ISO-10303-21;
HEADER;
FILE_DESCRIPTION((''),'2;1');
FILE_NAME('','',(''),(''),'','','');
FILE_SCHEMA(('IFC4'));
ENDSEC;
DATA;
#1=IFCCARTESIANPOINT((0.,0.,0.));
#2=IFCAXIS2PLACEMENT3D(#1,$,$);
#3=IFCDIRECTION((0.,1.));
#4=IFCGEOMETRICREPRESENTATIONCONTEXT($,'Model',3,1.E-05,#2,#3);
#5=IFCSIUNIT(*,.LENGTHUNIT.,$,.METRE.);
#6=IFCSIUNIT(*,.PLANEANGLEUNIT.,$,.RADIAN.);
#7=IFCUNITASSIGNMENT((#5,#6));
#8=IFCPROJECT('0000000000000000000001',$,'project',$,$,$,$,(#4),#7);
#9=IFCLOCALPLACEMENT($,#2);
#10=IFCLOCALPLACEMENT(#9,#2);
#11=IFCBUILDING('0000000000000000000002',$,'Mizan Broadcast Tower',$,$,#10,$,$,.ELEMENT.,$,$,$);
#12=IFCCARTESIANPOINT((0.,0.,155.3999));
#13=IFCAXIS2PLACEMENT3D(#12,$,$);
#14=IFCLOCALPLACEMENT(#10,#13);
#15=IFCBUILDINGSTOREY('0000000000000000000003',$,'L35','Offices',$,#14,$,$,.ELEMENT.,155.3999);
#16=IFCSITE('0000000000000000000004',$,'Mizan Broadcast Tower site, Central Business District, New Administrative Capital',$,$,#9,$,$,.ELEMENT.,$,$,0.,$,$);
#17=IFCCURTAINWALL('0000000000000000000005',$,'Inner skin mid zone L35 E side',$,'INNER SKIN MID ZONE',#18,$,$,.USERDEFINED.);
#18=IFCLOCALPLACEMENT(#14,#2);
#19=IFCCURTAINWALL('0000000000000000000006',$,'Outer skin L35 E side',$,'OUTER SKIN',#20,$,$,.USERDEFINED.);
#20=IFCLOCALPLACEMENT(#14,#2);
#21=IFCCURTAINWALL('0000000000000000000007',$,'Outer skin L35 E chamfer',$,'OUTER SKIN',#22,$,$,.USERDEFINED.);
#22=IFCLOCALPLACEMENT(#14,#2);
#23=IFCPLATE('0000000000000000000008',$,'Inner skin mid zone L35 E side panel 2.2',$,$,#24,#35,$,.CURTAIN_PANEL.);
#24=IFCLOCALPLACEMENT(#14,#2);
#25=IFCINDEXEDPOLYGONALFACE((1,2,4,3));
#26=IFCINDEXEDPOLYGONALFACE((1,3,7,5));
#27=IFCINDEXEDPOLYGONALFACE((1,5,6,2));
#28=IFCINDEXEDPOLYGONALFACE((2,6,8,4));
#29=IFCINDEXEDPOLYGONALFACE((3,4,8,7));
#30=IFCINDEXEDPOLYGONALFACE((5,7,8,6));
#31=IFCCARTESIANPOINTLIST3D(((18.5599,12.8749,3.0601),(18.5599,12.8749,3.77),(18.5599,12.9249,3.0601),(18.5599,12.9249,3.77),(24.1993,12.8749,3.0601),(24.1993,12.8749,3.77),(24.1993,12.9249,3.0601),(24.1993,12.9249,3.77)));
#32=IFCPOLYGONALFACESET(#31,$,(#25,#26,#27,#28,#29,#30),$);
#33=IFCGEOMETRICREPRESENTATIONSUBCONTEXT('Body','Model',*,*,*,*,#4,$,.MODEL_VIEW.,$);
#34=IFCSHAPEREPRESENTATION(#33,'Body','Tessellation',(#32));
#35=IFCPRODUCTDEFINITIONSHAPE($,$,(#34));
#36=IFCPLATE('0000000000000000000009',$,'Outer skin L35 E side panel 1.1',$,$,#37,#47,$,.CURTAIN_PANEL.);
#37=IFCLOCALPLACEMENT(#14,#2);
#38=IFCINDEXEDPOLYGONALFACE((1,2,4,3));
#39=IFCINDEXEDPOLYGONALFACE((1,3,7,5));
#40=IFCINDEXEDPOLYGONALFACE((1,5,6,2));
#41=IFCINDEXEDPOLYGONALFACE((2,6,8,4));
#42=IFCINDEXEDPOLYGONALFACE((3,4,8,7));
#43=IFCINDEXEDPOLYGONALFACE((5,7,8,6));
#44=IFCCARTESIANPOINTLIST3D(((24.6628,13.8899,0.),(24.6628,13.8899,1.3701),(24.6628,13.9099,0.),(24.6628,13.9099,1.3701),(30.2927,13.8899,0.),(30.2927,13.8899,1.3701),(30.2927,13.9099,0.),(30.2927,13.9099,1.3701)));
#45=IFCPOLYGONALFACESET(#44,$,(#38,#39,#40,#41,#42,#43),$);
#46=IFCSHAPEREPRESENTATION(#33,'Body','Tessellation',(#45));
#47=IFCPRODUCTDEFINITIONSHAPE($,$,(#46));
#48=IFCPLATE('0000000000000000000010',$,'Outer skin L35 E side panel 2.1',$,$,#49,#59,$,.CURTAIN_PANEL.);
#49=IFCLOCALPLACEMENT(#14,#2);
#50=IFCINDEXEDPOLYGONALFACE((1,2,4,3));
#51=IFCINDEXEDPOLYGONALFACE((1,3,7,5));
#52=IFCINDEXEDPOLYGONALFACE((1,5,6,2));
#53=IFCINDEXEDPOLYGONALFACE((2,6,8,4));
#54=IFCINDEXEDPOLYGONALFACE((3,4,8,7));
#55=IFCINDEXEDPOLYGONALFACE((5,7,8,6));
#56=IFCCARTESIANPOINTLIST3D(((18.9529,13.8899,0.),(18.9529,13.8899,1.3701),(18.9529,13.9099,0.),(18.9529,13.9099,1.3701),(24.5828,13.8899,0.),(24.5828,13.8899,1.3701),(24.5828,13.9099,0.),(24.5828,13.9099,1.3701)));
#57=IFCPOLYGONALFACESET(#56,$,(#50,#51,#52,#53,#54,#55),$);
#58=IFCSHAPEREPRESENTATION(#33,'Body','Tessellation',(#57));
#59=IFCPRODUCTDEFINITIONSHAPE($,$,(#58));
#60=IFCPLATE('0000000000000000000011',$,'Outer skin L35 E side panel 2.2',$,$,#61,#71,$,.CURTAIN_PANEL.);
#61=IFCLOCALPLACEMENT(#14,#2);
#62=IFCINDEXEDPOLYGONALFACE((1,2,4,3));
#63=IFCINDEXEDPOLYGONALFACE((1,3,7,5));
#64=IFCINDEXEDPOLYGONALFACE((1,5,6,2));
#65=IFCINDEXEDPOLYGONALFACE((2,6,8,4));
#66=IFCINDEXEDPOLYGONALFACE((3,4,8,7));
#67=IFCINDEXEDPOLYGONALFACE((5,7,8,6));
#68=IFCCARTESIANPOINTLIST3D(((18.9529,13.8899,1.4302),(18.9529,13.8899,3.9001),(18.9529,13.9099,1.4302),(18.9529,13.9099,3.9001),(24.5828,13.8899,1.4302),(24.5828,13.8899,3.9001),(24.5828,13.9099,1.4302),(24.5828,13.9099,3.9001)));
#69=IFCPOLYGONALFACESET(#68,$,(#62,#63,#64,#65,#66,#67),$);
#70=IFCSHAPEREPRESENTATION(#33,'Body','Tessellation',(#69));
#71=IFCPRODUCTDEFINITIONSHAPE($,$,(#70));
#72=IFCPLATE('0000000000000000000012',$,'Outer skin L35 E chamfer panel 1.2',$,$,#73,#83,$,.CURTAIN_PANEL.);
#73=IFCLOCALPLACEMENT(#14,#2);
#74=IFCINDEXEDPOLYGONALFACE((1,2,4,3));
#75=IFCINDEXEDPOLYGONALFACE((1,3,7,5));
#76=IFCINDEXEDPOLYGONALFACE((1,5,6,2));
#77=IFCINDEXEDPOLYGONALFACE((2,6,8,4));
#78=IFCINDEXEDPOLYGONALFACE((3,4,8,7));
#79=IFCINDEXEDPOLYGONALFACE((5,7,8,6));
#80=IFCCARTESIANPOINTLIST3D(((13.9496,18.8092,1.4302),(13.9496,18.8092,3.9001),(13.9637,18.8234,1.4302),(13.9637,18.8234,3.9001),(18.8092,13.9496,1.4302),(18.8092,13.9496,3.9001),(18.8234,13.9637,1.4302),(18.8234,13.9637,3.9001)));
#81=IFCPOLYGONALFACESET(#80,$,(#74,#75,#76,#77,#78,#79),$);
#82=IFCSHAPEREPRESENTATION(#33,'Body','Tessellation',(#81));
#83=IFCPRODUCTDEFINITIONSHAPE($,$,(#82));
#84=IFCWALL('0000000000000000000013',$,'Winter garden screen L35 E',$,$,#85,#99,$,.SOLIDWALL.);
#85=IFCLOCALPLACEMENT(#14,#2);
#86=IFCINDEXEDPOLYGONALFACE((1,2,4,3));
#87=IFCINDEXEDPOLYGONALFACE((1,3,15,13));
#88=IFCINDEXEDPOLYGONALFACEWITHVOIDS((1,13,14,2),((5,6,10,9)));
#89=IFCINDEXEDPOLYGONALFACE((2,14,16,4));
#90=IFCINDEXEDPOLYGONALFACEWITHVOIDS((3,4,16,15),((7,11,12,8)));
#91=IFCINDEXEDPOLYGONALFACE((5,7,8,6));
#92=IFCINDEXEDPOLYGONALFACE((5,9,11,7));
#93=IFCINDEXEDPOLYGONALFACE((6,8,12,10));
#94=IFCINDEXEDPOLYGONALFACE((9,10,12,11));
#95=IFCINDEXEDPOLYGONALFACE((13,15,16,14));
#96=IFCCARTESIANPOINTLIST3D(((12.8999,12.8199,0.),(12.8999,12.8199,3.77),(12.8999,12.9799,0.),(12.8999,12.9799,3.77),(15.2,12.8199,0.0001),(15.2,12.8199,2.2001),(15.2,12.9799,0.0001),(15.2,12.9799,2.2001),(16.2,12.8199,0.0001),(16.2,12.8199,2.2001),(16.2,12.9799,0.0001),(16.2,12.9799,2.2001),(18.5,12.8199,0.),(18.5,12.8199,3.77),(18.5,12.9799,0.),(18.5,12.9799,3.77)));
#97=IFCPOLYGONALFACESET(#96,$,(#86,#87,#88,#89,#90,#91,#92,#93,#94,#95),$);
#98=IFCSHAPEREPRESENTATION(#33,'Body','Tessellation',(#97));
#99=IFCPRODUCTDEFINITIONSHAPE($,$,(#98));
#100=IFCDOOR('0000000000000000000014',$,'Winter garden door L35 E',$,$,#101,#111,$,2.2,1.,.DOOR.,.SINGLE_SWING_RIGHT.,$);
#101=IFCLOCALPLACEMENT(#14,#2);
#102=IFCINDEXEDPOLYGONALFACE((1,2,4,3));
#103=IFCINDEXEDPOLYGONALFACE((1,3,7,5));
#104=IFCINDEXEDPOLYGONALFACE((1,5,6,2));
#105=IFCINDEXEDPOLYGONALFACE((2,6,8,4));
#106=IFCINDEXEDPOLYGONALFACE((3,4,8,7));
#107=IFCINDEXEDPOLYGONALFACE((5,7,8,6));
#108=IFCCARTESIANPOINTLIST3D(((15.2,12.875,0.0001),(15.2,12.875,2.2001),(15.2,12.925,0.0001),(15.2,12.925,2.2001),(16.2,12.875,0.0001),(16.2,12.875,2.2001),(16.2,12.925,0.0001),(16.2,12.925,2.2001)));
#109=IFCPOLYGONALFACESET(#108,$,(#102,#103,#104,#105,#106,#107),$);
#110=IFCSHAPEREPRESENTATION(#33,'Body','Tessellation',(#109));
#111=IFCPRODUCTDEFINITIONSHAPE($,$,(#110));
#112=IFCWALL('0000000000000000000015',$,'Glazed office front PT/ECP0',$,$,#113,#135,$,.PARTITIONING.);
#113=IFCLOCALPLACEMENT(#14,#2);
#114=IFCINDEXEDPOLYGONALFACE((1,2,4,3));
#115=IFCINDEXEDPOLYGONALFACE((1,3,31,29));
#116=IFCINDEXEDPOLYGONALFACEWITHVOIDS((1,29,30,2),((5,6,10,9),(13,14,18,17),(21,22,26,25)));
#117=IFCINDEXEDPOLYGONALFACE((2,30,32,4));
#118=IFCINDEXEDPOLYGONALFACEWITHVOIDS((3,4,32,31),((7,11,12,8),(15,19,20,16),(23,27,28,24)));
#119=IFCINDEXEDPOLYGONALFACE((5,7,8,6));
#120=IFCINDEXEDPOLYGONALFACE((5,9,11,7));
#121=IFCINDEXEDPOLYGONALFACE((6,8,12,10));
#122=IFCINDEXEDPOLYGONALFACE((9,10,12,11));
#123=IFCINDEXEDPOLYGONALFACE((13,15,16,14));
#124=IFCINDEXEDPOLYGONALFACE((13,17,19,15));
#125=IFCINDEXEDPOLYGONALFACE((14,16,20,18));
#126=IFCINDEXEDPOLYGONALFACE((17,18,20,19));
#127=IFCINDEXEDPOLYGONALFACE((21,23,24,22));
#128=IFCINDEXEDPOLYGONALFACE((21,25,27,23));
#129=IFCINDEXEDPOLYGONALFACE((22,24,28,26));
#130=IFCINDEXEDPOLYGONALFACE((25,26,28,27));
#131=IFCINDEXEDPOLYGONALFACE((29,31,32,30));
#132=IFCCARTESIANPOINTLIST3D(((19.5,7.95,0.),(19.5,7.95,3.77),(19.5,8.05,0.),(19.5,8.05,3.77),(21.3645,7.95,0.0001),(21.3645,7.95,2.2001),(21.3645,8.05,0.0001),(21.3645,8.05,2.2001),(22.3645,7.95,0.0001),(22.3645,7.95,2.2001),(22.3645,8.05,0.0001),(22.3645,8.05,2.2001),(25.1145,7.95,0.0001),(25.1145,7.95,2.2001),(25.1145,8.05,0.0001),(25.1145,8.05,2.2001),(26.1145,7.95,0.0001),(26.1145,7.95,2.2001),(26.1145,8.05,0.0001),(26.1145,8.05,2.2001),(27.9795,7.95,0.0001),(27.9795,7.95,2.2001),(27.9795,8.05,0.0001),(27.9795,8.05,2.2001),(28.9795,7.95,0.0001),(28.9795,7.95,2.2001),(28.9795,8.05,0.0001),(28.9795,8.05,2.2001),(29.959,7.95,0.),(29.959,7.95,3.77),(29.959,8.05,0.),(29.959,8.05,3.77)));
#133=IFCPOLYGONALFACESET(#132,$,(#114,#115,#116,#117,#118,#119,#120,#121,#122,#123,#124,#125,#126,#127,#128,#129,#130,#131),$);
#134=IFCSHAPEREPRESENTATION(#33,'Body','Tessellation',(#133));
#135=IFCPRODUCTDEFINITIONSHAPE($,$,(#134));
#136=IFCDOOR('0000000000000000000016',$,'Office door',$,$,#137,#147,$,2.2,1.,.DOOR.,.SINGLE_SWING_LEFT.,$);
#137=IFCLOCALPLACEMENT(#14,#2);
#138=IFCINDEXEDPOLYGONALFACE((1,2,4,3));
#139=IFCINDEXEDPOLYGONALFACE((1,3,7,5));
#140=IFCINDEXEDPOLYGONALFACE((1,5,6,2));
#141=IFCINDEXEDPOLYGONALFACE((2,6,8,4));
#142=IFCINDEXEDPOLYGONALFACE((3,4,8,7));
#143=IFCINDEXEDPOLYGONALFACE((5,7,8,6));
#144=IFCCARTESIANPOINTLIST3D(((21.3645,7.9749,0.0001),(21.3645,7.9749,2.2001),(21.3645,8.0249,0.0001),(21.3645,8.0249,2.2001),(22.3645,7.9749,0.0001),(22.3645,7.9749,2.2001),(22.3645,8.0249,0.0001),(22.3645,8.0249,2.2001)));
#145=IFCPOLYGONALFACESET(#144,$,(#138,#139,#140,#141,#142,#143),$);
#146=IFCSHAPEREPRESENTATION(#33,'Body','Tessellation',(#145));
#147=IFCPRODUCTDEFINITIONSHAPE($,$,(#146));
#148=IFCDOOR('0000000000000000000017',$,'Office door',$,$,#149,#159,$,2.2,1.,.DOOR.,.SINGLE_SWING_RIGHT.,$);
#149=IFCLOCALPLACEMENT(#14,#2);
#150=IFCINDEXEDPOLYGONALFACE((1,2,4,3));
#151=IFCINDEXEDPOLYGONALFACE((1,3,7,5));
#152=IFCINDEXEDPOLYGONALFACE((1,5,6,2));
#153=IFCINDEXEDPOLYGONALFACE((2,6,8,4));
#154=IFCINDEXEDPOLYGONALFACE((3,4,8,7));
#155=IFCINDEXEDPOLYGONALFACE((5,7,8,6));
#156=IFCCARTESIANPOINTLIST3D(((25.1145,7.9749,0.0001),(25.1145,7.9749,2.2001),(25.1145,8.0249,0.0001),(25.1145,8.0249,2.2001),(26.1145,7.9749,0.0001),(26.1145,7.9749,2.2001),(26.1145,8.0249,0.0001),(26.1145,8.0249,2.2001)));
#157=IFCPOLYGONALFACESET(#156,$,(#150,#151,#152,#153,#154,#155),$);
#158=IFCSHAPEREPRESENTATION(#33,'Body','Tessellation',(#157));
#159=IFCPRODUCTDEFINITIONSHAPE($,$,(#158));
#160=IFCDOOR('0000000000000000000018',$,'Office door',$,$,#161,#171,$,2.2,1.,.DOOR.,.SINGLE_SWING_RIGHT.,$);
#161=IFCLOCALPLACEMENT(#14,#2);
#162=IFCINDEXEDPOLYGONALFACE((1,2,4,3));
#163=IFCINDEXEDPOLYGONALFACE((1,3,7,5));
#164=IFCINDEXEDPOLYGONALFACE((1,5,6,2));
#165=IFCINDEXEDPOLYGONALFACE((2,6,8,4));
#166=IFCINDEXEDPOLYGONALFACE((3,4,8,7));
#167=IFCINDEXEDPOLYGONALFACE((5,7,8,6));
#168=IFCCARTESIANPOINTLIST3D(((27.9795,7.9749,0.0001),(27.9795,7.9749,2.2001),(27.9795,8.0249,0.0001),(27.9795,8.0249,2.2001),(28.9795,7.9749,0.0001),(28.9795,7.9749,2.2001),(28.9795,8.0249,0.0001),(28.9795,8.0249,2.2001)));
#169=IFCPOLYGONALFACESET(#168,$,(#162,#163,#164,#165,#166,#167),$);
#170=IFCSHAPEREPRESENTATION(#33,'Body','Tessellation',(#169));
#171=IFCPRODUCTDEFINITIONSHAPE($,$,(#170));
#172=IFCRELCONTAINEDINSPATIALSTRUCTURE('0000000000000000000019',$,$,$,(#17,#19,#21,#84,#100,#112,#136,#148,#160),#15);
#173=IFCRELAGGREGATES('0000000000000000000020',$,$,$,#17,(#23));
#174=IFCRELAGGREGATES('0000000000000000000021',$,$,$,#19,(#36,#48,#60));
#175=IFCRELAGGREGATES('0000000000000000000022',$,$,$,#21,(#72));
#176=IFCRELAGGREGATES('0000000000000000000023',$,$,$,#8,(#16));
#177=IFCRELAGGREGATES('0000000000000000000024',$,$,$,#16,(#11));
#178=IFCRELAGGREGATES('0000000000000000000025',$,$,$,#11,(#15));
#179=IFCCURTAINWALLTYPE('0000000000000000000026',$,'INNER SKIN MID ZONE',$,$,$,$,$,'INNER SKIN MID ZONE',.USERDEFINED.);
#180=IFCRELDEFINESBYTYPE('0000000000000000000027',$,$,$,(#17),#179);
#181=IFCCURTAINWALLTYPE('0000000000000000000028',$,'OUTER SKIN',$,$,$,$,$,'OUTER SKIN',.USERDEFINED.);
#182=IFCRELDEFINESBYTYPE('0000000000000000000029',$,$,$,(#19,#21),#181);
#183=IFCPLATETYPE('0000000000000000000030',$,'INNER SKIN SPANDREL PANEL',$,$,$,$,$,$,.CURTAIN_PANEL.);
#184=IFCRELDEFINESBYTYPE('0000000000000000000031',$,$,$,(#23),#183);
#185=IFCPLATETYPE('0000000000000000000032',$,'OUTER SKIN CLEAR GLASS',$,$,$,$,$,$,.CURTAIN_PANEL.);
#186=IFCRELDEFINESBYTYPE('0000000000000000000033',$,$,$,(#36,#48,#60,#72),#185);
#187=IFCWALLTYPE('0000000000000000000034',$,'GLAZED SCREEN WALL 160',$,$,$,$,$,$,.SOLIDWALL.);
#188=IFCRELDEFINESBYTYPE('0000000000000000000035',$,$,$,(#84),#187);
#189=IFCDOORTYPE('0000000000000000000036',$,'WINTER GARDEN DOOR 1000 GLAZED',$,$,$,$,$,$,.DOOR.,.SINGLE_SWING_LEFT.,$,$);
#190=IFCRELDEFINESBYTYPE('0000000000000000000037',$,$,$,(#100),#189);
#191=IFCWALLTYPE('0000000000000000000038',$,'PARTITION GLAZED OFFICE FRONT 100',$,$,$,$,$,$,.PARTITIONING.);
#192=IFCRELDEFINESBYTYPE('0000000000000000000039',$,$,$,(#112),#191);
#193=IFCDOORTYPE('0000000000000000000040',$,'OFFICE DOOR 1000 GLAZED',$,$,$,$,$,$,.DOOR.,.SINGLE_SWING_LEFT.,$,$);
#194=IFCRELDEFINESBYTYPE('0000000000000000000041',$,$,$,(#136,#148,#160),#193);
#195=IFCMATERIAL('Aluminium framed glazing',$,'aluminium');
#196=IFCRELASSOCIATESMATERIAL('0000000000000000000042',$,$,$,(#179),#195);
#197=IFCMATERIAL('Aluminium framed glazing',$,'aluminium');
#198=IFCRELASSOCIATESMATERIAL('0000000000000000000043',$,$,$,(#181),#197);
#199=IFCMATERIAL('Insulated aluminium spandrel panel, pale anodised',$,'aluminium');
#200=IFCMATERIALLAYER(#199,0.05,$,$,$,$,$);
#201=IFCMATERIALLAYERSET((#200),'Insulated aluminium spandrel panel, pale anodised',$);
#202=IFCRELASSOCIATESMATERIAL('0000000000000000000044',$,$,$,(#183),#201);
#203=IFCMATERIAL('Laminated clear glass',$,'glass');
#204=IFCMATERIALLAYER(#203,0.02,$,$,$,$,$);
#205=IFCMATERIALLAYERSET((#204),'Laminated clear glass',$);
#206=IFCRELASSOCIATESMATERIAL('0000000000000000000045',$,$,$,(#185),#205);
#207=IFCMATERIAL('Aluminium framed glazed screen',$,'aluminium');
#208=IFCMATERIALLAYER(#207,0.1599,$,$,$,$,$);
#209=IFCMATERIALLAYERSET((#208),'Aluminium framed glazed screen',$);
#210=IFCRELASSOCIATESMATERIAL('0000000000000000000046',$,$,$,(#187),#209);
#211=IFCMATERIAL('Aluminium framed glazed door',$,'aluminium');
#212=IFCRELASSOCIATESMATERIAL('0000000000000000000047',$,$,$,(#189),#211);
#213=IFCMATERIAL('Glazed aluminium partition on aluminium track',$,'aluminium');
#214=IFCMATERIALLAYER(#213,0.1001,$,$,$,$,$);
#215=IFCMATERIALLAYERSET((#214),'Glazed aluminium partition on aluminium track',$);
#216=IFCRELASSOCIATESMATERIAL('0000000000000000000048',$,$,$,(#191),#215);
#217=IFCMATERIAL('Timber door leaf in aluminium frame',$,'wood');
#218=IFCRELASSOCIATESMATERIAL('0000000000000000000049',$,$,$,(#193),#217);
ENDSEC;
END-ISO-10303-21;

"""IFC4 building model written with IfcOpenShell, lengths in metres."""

from ifc_helpers import new_model, si_unit, direction, frame, frame_2d, origin, origin_2d, place, context, subcontext, project, spatial, rectangle, extrude, material, layer, layer_set, type_object, element, fill, aggregate, save


model = new_model("IFC4")

# Units and contexts
model_context = context("Model", 3, precision=1e-05, world=origin(), true_north=direction((0.0, 1.0)))
body_context = subcontext(model_context, "Body", "Model", "MODEL_VIEW")
ifc_project = project(units=[si_unit("LENGTHUNIT", "METRE"), si_unit("PLANEANGLEUNIT", "RADIAN")], contexts=[model_context])

# Site, building, storey
site_placement = place(None, origin())
site = spatial("IfcSite", under=ifc_project, at=site_placement, Name="Mizan Broadcast Tower site, Central Business District, New Administrative Capital", CompositionType="ELEMENT", RefElevation=0.0)
building_placement = place(site_placement, origin())
building = spatial("IfcBuilding", under=site, at=building_placement, Name="Mizan Broadcast Tower", CompositionType="ELEMENT")
storey_placement = place(building_placement, frame((0.0, 0.0, 155.3999)))
storey = spatial("IfcBuildingStorey", under=building, at=storey_placement, Name="L35", Description="Offices", CompositionType="ELEMENT", Elevation=155.3999)

# Curtain walls
ifc_material_1 = material(Name="Aluminium framed glazing", Category="aluminium")
curtain_wall_type_1 = type_object("IfcCurtainWallType", Name="INNER SKIN MID ZONE", ElementType="INNER SKIN MID ZONE", PredefinedType="USERDEFINED", material=ifc_material_1)
curtain_wall_1_placement = place(storey_placement, origin())
curtain_wall_1 = element("IfcCurtainWall", 1, at=curtain_wall_1_placement, inside=storey, type_object=curtain_wall_type_1, Name="Inner skin mid zone L35 E side", ObjectType="INNER SKIN MID ZONE", PredefinedType="USERDEFINED")
ifc_material_2 = material(Name="Aluminium framed glazing", Category="aluminium")
curtain_wall_type_2 = type_object("IfcCurtainWallType", Name="OUTER SKIN", ElementType="OUTER SKIN", PredefinedType="USERDEFINED", material=ifc_material_2)
curtain_wall_2_placement = place(storey_placement, origin())
curtain_wall_2 = element("IfcCurtainWall", 2, at=curtain_wall_2_placement, inside=storey, type_object=curtain_wall_type_2, Name="Outer skin L35 E side", ObjectType="OUTER SKIN", PredefinedType="USERDEFINED")

# Curtain wall
curtain_wall_3_placement = place(storey_placement, origin())
curtain_wall_3 = element("IfcCurtainWall", 3, at=curtain_wall_3_placement, inside=storey, type_object=curtain_wall_type_2, Name="Outer skin L35 E chamfer", ObjectType="OUTER SKIN", PredefinedType="USERDEFINED")

# Plates
ifc_material_3 = material(Name="Insulated aluminium spandrel panel, pale anodised", Category="aluminium")
ifc_layer_1 = layer(ifc_material_3, 0.05)
ifc_layer_set_1 = layer_set([ifc_layer_1], Name="Insulated aluminium spandrel panel, pale anodised")
plate_type_1 = type_object("IfcPlateType", Name="INNER SKIN SPANDREL PANEL", PredefinedType="CURTAIN_PANEL", material=ifc_layer_set_1)
plate_1_placement = place(storey_placement, frame((21.3796, 12.8999, 3.0601), z_axis=(0.0, 0.0, 1.0), x_axis=(-1.0, 0.0, 0.0)))
plate_1 = element("IfcPlate", 4, at=plate_1_placement, type_object=plate_type_1, Name="Inner skin mid zone L35 E side panel 2.2", PredefinedType="CURTAIN_PANEL", context=body_context, shape_type="SweptSolid", body=[
    extrude(rectangle(XDim=5.6394, YDim=0.05, at=origin_2d()), origin(), (0.0, 0.0, 1.0), 0.71),
])
aggregate(curtain_wall_1, [plate_1])
ifc_material_4 = material(Name="Laminated clear glass", Category="glass")
ifc_layer_2 = layer(ifc_material_4, 0.02)
ifc_layer_set_2 = layer_set([ifc_layer_2], Name="Laminated clear glass")
plate_type_2 = type_object("IfcPlateType", Name="OUTER SKIN CLEAR GLASS", PredefinedType="CURTAIN_PANEL", material=ifc_layer_set_2)
plate_2_placement = place(storey_placement, frame((27.4778, 13.8999, 0.0), z_axis=(0.0, 0.0, 1.0), x_axis=(-1.0, 0.0, 0.0)))
plate_2 = element("IfcPlate", 5, at=plate_2_placement, type_object=plate_type_2, Name="Outer skin L35 E side panel 1.1", PredefinedType="CURTAIN_PANEL", context=body_context, shape_type="SweptSolid", body=[
    extrude(rectangle(XDim=5.6299, YDim=0.02, at=origin_2d()), origin(), (0.0, 0.0, 1.0), 1.3701),
])
plate_3_placement = place(storey_placement, frame((21.7678, 13.8999, 0.0), z_axis=(0.0, 0.0, 1.0), x_axis=(-1.0, 0.0, 0.0)))
plate_3 = element("IfcPlate", 6, at=plate_3_placement, type_object=plate_type_2, Name="Outer skin L35 E side panel 2.1", PredefinedType="CURTAIN_PANEL", context=body_context, shape_type="SweptSolid", body=[
    extrude(rectangle(XDim=5.6299, YDim=0.02, at=origin_2d()), origin(), (0.0, 0.0, 1.0), 1.3701),
])
plate_4_placement = place(storey_placement, frame((21.7678, 13.8999, 1.4302), z_axis=(0.0, 0.0, 1.0), x_axis=(-1.0, 0.0, 0.0)))
plate_4 = element("IfcPlate", 7, at=plate_4_placement, type_object=plate_type_2, Name="Outer skin L35 E side panel 2.2", PredefinedType="CURTAIN_PANEL", context=body_context, shape_type="SweptSolid", body=[
    extrude(rectangle(XDim=5.6299, YDim=0.02, at=origin_2d()), origin(), (0.0, 0.0, 1.0), 2.47),
])
aggregate(curtain_wall_2, [plate_2, plate_3, plate_4])
plate_5_placement = place(storey_placement, frame((16.3865, 16.3865, 1.4302), z_axis=(0.0, 0.0, 1.0), x_axis=(-0.707107, 0.707107, 0.0)))
plate_5 = element("IfcPlate", 8, at=plate_5_placement, type_object=plate_type_2, Name="Outer skin L35 E chamfer panel 1.2", PredefinedType="CURTAIN_PANEL", context=body_context, shape_type="SweptSolid", body=[
    extrude(rectangle(XDim=6.8726, YDim=0.02, at=origin_2d()), origin(), (0.0, 0.0, 1.0), 2.47),
])
aggregate(curtain_wall_3, [plate_5])

# Wall, opening, door
ifc_material_5 = material(Name="Aluminium framed glazed screen", Category="aluminium")
ifc_layer_3 = layer(ifc_material_5, 0.1599)
ifc_layer_set_3 = layer_set([ifc_layer_3], Name="Aluminium framed glazed screen")
wall_type_1 = type_object("IfcWallType", Name="GLAZED SCREEN WALL 160", PredefinedType="SOLIDWALL", material=ifc_layer_set_3)
wall_1_placement = place(storey_placement, frame((18.5, 12.8999, 0.0), z_axis=(0.0, 0.0, 1.0), x_axis=(-1.0, 0.0, 0.0)))
wall_1 = element("IfcWall", 9, at=wall_1_placement, inside=storey, type_object=wall_type_1, Name="Winter garden screen L35 E", PredefinedType="SOLIDWALL", context=body_context, shape_type="SweptSolid", body=[
    extrude(rectangle(XDim=5.6001, YDim=0.1599, at=frame_2d((2.8, 0.0))), origin(), (0.0, 0.0, 1.0), 3.77),
])
opening_1_placement = place(wall_1_placement, frame((2.3, 0.0, 0.0)))
opening_1 = element("IfcOpeningElement", 10, at=opening_1_placement, cuts=wall_1, PredefinedType="OPENING", context=body_context, shape_type="SweptSolid", body=[
    extrude(rectangle(XDim=1.0, YDim=2.2, at=frame_2d((0.5, 1.1001))), frame((0.0, 0.0898, 0.0), z_axis=(0.0, -1.0, 0.0), x_axis=(1.0, 0.0, 0.0)), (0.0, 0.0, 1.0), 0.1799),
])
ifc_material_6 = material(Name="Aluminium framed glazed door", Category="aluminium")
door_type_1 = type_object("IfcDoorType", Name="WINTER GARDEN DOOR 1000 GLAZED", OperationType="SINGLE_SWING_LEFT", PredefinedType="DOOR", material=ifc_material_6)
door_1_placement = place(opening_1_placement, origin())
door_1 = element("IfcDoor", 11, at=door_1_placement, inside=storey, type_object=door_type_1, Name="Winter garden door L35 E", OperationType="SINGLE_SWING_RIGHT", OverallHeight=2.2, OverallWidth=1.0, PredefinedType="DOOR", context=body_context, shape_type="SweptSolid", body=[
    extrude(rectangle(XDim=1.0, YDim=2.2, at=frame_2d((0.5, 1.1001))), frame((0.0, 0.0249, 0.0), z_axis=(0.0, -1.0, 0.0), x_axis=(1.0, 0.0, 0.0)), (0.0, 0.0, 1.0), 0.05),
])
fill(opening_1, door_1)

# Wall, openings, doors
ifc_material_7 = material(Name="Glazed aluminium partition on aluminium track", Category="aluminium")
ifc_layer_4 = layer(ifc_material_7, 0.1001)
ifc_layer_set_4 = layer_set([ifc_layer_4], Name="Glazed aluminium partition on aluminium track")
wall_type_2 = type_object("IfcWallType", Name="PARTITION GLAZED OFFICE FRONT 100", PredefinedType="PARTITIONING", material=ifc_layer_set_4)
wall_2_placement = place(storey_placement, frame((19.5, 8.0, 0.0), z_axis=(0.0, 0.0, 1.0), x_axis=(1.0, 0.0, 0.0)))
wall_2 = element("IfcWall", 12, at=wall_2_placement, inside=storey, type_object=wall_type_2, Name="Glazed office front PT/ECP0", PredefinedType="PARTITIONING", context=body_context, shape_type="SweptSolid", body=[
    extrude(rectangle(XDim=10.459, YDim=0.1001, at=frame_2d((5.2295, 0.0))), origin(), (0.0, 0.0, 1.0), 3.77),
])
opening_2_placement = place(wall_2_placement, frame((1.8645, 0.0, 0.0)))
opening_2 = element("IfcOpeningElement", 13, at=opening_2_placement, cuts=wall_2, PredefinedType="OPENING", context=body_context, shape_type="SweptSolid", body=[
    extrude(rectangle(XDim=1.0, YDim=2.2, at=frame_2d((0.5, 1.1001))), frame((0.0, 0.0601, 0.0), z_axis=(0.0, -1.0, 0.0), x_axis=(1.0, 0.0, 0.0)), (0.0, 0.0, 1.0), 0.1201),
])
opening_3_placement = place(wall_2_placement, frame((5.6145, 0.0, 0.0)))
opening_3 = element("IfcOpeningElement", 14, at=opening_3_placement, cuts=wall_2, PredefinedType="OPENING", context=body_context, shape_type="SweptSolid", body=[
    extrude(rectangle(XDim=1.0, YDim=2.2, at=frame_2d((0.5, 1.1001))), frame((0.0, 0.0601, 0.0), z_axis=(0.0, -1.0, 0.0), x_axis=(1.0, 0.0, 0.0)), (0.0, 0.0, 1.0), 0.1201),
])
opening_4_placement = place(wall_2_placement, frame((8.4795, 0.0, 0.0)))
opening_4 = element("IfcOpeningElement", 15, at=opening_4_placement, cuts=wall_2, PredefinedType="OPENING", context=body_context, shape_type="SweptSolid", body=[
    extrude(rectangle(XDim=1.0, YDim=2.2, at=frame_2d((0.5, 1.1001))), frame((0.0, 0.0601, 0.0), z_axis=(0.0, -1.0, 0.0), x_axis=(1.0, 0.0, 0.0)), (0.0, 0.0, 1.0), 0.1201),
])
ifc_material_8 = material(Name="Timber door leaf in aluminium frame", Category="wood")
door_type_2 = type_object("IfcDoorType", Name="OFFICE DOOR 1000 GLAZED", OperationType="SINGLE_SWING_LEFT", PredefinedType="DOOR", material=ifc_material_8)
door_2_placement = place(opening_2_placement, origin())
door_2 = element("IfcDoor", 16, at=door_2_placement, inside=storey, type_object=door_type_2, Name="Office door", OperationType="SINGLE_SWING_LEFT", OverallHeight=2.2, OverallWidth=1.0, PredefinedType="DOOR", context=body_context, shape_type="SweptSolid", body=[
    extrude(rectangle(XDim=1.0, YDim=2.2, at=frame_2d((0.5, 1.1001))), frame((0.0, 0.0249, 0.0), z_axis=(0.0, -1.0, 0.0), x_axis=(1.0, 0.0, 0.0)), (0.0, 0.0, 1.0), 0.05),
])
fill(opening_2, door_2)
door_3_placement = place(opening_3_placement, origin())
door_3 = element("IfcDoor", 17, at=door_3_placement, inside=storey, type_object=door_type_2, Name="Office door", OperationType="SINGLE_SWING_RIGHT", OverallHeight=2.2, OverallWidth=1.0, PredefinedType="DOOR", context=body_context, shape_type="SweptSolid", body=[
    extrude(rectangle(XDim=1.0, YDim=2.2, at=frame_2d((0.5, 1.1001))), frame((0.0, 0.0249, 0.0), z_axis=(0.0, -1.0, 0.0), x_axis=(1.0, 0.0, 0.0)), (0.0, 0.0, 1.0), 0.05),
])
fill(opening_3, door_3)
door_4_placement = place(opening_4_placement, origin())
door_4 = element("IfcDoor", 18, at=door_4_placement, inside=storey, type_object=door_type_2, Name="Office door", OperationType="SINGLE_SWING_RIGHT", OverallHeight=2.2, OverallWidth=1.0, PredefinedType="DOOR", context=body_context, shape_type="SweptSolid", body=[
    extrude(rectangle(XDim=1.0, YDim=2.2, at=frame_2d((0.5, 1.1001))), frame((0.0, 0.0249, 0.0), z_axis=(0.0, -1.0, 0.0), x_axis=(1.0, 0.0, 0.0)), (0.0, 0.0, 1.0), 0.05),
])
fill(opening_4, door_4)

save(model, "model.ifc")
